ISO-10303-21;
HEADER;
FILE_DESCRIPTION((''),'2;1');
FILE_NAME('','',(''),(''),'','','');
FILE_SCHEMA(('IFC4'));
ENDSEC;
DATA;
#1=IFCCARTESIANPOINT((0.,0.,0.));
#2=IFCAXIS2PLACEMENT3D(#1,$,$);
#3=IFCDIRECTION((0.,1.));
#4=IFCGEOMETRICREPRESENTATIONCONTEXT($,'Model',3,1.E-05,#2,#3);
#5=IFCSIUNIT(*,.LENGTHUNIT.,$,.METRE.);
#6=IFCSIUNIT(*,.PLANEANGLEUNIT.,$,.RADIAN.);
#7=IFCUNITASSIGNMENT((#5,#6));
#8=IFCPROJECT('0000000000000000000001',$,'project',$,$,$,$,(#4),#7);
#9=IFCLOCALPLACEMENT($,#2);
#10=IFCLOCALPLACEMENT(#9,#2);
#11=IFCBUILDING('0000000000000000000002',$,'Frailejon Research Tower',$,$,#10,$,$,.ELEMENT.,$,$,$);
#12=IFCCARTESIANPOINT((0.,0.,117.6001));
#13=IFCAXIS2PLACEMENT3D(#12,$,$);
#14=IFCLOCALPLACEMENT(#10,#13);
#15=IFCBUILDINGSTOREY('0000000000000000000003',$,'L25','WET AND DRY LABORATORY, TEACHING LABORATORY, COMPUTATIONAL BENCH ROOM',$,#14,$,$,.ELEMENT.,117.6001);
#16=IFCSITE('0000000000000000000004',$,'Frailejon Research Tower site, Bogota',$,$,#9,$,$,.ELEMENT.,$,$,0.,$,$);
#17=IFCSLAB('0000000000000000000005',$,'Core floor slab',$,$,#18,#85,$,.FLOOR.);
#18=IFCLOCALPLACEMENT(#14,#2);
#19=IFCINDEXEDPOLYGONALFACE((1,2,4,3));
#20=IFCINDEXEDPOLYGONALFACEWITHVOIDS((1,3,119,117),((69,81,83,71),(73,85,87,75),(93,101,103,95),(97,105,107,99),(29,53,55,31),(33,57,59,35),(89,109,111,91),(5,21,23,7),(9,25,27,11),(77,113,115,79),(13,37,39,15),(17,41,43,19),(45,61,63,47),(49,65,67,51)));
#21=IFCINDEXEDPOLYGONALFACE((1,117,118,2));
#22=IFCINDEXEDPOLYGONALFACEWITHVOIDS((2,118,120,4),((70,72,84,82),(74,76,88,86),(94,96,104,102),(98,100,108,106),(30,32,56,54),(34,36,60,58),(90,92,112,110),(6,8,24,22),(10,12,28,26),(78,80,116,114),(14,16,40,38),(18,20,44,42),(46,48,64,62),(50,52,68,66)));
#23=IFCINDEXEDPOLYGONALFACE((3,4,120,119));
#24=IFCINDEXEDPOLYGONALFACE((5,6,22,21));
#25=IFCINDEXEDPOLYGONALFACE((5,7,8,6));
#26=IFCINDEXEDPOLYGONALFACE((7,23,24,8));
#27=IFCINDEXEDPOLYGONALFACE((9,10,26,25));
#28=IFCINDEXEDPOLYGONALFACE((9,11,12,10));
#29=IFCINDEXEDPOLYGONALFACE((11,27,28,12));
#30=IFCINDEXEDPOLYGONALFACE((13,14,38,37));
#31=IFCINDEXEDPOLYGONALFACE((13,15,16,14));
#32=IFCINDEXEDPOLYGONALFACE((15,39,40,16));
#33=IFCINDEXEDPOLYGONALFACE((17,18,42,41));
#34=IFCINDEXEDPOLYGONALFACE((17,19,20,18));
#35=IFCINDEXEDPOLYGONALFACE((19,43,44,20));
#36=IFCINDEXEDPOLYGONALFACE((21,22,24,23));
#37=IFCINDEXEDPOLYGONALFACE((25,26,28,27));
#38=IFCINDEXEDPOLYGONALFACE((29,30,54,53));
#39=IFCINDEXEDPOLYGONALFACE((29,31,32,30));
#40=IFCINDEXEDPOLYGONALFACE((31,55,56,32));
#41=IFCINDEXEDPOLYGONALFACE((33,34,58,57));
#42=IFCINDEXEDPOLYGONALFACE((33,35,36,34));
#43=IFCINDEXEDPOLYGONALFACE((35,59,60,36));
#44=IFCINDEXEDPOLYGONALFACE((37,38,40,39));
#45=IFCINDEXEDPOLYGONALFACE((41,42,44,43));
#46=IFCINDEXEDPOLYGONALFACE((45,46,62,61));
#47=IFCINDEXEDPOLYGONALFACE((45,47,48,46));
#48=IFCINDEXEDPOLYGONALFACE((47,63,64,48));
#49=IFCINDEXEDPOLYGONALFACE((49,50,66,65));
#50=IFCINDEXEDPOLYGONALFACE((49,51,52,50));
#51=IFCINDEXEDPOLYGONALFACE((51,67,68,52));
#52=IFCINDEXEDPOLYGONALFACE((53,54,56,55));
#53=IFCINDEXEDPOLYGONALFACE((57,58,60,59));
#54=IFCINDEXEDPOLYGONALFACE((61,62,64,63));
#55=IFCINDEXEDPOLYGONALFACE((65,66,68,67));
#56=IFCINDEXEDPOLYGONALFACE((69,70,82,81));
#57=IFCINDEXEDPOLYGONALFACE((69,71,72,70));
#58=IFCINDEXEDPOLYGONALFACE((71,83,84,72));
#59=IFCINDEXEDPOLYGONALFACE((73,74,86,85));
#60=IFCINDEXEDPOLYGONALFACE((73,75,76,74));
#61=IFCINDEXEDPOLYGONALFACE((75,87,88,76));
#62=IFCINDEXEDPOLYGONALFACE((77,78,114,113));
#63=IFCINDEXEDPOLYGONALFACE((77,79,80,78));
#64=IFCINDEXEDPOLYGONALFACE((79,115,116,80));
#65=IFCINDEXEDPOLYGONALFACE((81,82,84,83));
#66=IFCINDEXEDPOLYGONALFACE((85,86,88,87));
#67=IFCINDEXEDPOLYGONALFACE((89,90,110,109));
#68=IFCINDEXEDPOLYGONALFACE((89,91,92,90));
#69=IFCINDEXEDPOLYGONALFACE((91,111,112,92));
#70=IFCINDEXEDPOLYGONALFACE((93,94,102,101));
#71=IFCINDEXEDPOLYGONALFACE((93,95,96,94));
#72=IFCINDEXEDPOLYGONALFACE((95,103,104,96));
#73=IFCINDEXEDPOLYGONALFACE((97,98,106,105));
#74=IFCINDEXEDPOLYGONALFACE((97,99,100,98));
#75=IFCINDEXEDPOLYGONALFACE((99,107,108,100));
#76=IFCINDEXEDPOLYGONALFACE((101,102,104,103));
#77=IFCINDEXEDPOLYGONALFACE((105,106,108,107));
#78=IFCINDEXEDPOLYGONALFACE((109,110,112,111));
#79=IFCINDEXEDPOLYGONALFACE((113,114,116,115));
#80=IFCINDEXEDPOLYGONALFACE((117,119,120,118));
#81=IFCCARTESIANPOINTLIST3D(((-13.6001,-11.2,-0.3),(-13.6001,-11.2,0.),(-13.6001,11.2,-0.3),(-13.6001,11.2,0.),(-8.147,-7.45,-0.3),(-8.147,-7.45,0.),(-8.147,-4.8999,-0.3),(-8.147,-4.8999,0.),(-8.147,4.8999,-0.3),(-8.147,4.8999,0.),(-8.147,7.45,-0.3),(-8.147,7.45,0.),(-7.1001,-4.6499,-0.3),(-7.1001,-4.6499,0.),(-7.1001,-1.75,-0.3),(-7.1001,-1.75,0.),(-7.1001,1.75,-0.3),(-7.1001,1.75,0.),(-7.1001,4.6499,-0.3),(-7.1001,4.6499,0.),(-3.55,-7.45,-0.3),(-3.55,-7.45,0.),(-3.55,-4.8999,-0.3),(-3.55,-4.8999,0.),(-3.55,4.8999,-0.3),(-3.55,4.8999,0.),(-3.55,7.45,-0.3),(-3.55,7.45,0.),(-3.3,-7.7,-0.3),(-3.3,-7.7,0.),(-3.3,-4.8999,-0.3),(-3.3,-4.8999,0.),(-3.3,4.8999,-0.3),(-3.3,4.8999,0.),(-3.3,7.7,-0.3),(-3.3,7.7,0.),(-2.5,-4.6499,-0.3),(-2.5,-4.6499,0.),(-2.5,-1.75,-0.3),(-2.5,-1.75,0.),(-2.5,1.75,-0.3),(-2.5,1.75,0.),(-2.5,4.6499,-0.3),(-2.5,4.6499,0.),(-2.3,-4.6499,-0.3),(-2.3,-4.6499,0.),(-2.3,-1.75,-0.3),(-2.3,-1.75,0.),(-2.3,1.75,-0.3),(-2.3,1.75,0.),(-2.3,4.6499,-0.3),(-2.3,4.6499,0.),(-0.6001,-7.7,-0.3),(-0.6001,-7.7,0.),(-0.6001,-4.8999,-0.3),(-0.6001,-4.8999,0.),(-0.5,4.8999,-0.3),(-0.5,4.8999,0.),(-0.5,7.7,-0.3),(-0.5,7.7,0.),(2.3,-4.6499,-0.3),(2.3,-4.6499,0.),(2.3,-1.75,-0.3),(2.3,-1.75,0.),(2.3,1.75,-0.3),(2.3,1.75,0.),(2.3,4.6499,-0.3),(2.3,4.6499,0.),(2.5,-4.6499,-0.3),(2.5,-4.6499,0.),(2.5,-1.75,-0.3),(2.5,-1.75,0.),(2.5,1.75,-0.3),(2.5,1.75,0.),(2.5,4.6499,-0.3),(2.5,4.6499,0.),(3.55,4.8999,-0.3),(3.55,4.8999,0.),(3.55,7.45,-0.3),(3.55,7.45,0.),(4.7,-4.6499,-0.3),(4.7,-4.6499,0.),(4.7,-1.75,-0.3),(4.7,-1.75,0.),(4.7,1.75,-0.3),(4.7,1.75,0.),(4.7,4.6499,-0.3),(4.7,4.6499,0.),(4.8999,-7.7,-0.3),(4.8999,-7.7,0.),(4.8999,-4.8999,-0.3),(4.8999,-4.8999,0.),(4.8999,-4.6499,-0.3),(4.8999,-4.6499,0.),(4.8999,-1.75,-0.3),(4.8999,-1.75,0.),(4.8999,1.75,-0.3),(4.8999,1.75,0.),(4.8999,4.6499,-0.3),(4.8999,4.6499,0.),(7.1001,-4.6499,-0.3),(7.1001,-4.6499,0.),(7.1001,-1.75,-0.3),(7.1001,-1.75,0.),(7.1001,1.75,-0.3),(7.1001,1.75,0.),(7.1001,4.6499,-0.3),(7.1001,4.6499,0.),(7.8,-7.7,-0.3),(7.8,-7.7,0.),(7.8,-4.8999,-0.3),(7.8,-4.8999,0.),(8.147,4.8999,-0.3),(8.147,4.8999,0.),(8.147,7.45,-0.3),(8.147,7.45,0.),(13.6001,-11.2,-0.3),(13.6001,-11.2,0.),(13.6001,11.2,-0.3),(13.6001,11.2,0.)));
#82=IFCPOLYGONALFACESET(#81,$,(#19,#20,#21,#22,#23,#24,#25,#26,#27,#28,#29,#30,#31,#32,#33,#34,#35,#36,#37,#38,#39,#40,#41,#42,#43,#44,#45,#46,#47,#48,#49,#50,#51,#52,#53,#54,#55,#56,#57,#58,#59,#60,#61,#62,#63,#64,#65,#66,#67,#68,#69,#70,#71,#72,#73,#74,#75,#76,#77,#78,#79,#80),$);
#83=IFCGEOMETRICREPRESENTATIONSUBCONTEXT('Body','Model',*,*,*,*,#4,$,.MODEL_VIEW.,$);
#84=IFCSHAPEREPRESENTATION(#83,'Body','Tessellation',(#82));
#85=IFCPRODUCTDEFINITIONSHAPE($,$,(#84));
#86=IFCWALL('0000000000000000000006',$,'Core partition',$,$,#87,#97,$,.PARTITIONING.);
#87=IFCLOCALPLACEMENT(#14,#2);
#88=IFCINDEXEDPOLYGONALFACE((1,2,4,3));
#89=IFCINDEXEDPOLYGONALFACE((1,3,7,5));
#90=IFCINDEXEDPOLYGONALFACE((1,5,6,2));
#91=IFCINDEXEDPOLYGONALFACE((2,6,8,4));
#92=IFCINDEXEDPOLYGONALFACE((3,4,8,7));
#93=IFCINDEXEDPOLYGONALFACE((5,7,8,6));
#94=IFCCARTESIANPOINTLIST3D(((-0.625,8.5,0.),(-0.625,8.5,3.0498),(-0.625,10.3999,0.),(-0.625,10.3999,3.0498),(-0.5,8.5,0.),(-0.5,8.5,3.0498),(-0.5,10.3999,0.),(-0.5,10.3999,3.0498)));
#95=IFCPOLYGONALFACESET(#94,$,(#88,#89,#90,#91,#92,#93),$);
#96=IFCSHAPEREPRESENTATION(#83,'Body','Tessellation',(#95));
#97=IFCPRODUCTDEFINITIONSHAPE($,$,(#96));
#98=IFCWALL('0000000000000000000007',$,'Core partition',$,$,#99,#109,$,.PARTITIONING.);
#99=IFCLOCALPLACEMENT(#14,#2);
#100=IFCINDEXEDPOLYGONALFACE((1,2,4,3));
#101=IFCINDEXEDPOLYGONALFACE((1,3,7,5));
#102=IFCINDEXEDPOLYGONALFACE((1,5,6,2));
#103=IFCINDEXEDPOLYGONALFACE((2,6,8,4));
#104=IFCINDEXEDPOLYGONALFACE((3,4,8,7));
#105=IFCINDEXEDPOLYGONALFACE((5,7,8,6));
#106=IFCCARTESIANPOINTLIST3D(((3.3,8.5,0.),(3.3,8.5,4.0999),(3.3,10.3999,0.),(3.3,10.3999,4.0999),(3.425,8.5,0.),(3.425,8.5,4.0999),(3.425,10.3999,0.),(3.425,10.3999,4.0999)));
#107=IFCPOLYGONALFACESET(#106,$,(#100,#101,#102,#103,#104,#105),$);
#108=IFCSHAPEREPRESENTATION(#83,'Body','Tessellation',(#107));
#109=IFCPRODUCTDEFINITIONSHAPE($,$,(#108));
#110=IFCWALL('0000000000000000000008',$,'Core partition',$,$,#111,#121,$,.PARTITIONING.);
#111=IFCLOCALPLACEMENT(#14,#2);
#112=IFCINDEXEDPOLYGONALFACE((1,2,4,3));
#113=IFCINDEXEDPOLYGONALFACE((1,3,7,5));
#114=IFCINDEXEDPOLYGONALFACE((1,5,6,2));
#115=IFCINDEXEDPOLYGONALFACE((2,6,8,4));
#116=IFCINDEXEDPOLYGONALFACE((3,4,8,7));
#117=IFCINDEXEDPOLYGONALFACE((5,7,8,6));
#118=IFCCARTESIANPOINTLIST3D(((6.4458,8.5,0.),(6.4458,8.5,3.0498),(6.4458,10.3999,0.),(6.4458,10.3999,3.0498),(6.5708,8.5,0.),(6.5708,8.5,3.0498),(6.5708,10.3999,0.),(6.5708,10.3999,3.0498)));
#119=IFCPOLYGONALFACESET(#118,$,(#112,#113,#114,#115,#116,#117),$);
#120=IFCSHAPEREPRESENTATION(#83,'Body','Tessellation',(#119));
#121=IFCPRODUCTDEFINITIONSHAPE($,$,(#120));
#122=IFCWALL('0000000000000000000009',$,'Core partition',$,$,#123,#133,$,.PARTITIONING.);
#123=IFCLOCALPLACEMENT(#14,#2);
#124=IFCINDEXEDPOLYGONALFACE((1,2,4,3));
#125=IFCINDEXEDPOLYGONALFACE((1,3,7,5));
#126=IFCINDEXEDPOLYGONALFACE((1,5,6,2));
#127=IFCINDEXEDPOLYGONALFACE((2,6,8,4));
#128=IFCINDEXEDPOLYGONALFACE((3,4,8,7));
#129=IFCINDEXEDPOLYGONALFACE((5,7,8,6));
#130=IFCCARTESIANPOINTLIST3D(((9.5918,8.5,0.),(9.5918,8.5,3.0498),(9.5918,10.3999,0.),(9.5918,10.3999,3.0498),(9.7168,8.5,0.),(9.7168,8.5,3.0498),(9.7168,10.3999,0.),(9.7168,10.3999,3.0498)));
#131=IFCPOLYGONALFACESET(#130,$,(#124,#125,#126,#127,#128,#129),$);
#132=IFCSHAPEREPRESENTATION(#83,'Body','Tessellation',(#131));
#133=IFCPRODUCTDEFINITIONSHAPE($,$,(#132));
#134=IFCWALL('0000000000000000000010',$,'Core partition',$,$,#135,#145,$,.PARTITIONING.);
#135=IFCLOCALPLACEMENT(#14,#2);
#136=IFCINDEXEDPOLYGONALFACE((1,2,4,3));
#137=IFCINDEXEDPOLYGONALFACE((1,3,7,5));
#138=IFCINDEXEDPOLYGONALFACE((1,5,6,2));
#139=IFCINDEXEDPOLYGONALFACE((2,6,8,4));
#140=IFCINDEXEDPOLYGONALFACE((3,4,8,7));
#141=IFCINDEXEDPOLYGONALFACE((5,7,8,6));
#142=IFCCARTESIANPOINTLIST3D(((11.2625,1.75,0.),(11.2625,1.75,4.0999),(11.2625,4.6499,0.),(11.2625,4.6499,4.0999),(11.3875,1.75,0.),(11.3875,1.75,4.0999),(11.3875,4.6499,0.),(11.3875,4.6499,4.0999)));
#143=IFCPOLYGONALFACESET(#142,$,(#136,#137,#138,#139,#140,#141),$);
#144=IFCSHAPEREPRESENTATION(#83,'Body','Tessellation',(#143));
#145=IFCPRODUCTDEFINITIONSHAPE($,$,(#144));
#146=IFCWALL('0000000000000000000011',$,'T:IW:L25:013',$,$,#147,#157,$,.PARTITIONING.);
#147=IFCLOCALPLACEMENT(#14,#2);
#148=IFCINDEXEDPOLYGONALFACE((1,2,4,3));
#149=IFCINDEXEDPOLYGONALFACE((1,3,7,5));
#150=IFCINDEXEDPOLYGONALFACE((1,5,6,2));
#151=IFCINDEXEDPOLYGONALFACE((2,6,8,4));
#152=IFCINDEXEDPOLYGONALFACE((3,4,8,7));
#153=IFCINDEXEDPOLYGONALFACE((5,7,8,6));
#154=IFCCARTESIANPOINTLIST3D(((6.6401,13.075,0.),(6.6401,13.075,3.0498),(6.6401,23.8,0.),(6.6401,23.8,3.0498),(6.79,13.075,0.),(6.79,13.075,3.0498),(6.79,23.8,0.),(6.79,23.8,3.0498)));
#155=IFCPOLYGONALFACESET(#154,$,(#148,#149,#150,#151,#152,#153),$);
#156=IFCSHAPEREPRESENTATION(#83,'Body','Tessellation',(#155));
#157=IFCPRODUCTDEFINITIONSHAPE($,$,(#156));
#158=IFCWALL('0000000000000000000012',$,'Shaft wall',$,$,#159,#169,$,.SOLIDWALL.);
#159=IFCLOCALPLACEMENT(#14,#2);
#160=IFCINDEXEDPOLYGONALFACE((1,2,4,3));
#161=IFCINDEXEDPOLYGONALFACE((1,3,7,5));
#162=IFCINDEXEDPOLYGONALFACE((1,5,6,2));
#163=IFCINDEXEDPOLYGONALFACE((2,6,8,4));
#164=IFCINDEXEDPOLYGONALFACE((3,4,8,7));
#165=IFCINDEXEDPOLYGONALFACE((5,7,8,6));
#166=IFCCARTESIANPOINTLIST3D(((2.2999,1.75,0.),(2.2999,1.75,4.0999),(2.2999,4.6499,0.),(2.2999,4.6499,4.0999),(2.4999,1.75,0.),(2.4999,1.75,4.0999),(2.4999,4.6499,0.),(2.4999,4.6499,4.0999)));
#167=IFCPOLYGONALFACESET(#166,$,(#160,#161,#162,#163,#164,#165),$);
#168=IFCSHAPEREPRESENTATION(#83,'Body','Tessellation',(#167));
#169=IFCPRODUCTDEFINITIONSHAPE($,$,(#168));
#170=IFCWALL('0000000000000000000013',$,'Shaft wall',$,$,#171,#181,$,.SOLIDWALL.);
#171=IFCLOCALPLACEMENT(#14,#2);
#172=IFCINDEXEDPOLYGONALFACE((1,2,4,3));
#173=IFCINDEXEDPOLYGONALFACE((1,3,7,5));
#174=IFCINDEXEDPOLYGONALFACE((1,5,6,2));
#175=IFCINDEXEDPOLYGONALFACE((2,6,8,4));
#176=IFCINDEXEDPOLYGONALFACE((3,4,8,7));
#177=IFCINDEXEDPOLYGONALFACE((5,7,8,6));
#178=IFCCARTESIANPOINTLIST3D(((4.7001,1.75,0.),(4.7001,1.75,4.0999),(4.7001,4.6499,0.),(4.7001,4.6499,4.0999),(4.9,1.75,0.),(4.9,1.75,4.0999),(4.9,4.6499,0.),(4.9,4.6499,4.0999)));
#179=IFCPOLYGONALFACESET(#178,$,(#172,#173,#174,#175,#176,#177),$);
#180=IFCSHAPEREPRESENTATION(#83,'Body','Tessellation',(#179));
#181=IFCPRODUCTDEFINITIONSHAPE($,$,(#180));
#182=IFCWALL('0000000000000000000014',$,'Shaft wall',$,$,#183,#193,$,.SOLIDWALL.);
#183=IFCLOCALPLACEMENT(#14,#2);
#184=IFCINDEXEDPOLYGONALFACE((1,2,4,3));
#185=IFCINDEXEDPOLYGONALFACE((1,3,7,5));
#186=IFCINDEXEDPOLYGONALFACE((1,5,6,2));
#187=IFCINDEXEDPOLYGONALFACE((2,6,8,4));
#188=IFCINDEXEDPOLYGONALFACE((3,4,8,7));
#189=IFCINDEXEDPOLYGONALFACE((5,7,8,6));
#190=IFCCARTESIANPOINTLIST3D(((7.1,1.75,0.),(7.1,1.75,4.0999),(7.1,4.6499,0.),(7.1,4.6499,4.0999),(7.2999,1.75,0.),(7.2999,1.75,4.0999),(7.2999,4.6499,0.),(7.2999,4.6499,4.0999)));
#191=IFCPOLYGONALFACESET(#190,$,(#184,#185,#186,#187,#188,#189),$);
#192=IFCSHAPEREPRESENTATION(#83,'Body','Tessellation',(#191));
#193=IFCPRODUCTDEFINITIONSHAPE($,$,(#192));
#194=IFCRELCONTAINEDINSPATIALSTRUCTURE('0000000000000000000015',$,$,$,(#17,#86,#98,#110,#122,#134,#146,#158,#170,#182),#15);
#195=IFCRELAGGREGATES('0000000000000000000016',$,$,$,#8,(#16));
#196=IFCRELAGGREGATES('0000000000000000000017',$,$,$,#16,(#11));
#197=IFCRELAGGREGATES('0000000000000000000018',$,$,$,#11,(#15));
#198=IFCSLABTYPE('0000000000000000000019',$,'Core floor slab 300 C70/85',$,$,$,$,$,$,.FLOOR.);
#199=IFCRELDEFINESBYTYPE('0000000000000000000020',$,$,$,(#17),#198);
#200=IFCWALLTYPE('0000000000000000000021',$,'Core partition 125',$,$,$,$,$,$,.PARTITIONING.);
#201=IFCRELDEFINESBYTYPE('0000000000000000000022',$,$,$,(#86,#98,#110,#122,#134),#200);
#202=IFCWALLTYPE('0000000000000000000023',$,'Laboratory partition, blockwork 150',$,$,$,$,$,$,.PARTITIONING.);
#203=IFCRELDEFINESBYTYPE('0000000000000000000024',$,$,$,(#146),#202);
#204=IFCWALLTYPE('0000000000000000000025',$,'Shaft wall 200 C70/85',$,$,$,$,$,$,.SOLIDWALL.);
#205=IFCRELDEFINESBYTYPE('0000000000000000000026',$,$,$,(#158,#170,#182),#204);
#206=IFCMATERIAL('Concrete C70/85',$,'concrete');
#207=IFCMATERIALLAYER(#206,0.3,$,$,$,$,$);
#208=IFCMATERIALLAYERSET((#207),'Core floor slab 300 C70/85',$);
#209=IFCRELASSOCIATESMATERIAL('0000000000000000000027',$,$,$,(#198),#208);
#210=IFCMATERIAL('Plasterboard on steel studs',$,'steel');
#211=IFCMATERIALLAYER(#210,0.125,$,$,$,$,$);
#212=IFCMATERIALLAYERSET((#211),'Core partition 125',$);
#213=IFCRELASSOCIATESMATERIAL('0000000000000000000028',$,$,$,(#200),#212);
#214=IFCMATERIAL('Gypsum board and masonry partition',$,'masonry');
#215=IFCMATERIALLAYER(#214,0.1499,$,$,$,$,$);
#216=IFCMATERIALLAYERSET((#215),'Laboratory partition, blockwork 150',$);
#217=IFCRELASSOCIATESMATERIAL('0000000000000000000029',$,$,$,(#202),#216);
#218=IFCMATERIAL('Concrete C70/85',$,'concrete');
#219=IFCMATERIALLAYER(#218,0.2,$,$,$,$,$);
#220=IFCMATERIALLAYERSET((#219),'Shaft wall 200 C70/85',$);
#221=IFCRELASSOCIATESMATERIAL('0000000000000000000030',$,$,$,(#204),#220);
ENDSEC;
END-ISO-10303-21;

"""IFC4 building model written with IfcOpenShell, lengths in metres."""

from ifc_helpers import new_model, si_unit, direction, frame, frame_2d, origin, place, context, subcontext, project, spatial, polyline, rectangle, outline, extrude, material, layer, layer_set, type_object, element, save


model = new_model("IFC4")

# Units and contexts
model_context = context("Model", 3, precision=1e-05, world=origin(), true_north=direction((0.0, 1.0)))
body_context = subcontext(model_context, "Body", "Model", "MODEL_VIEW")
ifc_project = project(units=[si_unit("LENGTHUNIT", "METRE"), si_unit("PLANEANGLEUNIT", "RADIAN")], contexts=[model_context])

# Site, building, storey
site_placement = place(None, origin())
site = spatial("IfcSite", under=ifc_project, at=site_placement, Name="Frailejon Research Tower site, Bogota", CompositionType="ELEMENT", RefElevation=0.0)
building_placement = place(site_placement, origin())
building = spatial("IfcBuilding", under=site, at=building_placement, Name="Frailejon Research Tower", CompositionType="ELEMENT")
storey_placement = place(building_placement, frame((0.0, 0.0, 117.6001)))
storey = spatial("IfcBuildingStorey", under=building, at=storey_placement, Name="L25", Description="WET AND DRY LABORATORY, TEACHING LABORATORY, COMPUTATIONAL BENCH ROOM", CompositionType="ELEMENT", Elevation=117.6001)

# Slab
ifc_material_1 = material(Name="Concrete C70/85", Category="concrete")
ifc_layer_1 = layer(ifc_material_1, 0.3)
ifc_layer_set_1 = layer_set([ifc_layer_1], Name="Core floor slab 300 C70/85")
slab_type = type_object("IfcSlabType", Name="Core floor slab 300 C70/85", PredefinedType="FLOOR", material=ifc_layer_set_1)
slab_placement = place(storey_placement, frame((0.0, 0.0, -0.3)))
element("IfcSlab", 1, at=slab_placement, inside=storey, type_object=slab_type, Name="Core floor slab", PredefinedType="FLOOR", context=body_context, shape_type="SweptSolid", body=[
    extrude(outline(polyline([(13.6001, -11.2), (13.6001, 11.2), (-13.6001, 11.2), (-13.6001, -11.2), (13.6001, -11.2)]), holes=[polyline([(-2.5, 1.75), (-2.5, 4.6499), (-7.1001, 4.6499), (-7.1001, 1.75), (-2.5, 1.75)]), polyline([(2.3, 1.75), (2.3, 4.6499), (-2.3, 4.6499), (-2.3, 1.75), (2.3, 1.75)]), polyline([(4.7, 1.75), (4.7, 4.6499), (2.5, 4.6499), (2.5, 1.75), (4.7, 1.75)]), polyline([(7.1001, 1.75), (7.1001, 4.6499), (4.8999, 4.6499), (4.8999, 1.75), (7.1001, 1.75)]), polyline([(-2.5, -4.6499), (-2.5, -1.75), (-7.1001, -1.75), (-7.1001, -4.6499), (-2.5, -4.6499)]), polyline([(2.3, -4.6499), (2.3, -1.75), (-2.3, -1.75), (-2.3, -4.6499), (2.3, -4.6499)]), polyline([(4.7, -4.6499), (4.7, -1.75), (2.5, -1.75), (2.5, -4.6499), (4.7, -4.6499)]), polyline([(7.1001, -4.6499), (7.1001, -1.75), (4.8999, -1.75), (4.8999, -4.6499), (7.1001, -4.6499)]), polyline([(-8.147, 4.8999), (-3.55, 4.8999), (-3.55, 7.45), (-8.147, 7.45), (-8.147, 4.8999)]), polyline([(-8.147, -7.45), (-3.55, -7.45), (-3.55, -4.8999), (-8.147, -4.8999), (-8.147, -7.45)]), polyline([(8.147, 7.45), (3.55, 7.45), (3.55, 4.8999), (8.147, 4.8999), (8.147, 7.45)]), polyline([(-0.6001, -7.7), (-0.6001, -4.8999), (-3.3, -4.8999), (-3.3, -7.7), (-0.6001, -7.7)]), polyline([(7.8, -7.7), (7.8, -4.8999), (4.8999, -4.8999), (4.8999, -7.7), (7.8, -7.7)]), polyline([(-0.5, 4.8999), (-0.5, 7.7), (-3.3, 7.7), (-3.3, 4.8999), (-0.5, 4.8999)])]), origin(), (0.0, 0.0, 1.0), 0.3),
])

# Walls
ifc_material_2 = material(Name="Plasterboard on steel studs", Category="steel")
ifc_layer_2 = layer(ifc_material_2, 0.125)
ifc_layer_set_2 = layer_set([ifc_layer_2], Name="Core partition 125")
wall_type_1 = type_object("IfcWallType", Name="Core partition 125", PredefinedType="PARTITIONING", material=ifc_layer_set_2)
wall_1_placement = place(storey_placement, frame((-0.5625, 8.5, 0.0), z_axis=(0.0, 0.0, 1.0), x_axis=(0.0, 1.0, 0.0)))
element("IfcWall", 2, at=wall_1_placement, inside=storey, type_object=wall_type_1, Name="Core partition", PredefinedType="PARTITIONING", context=body_context, shape_type="SweptSolid", body=[
    extrude(rectangle(XDim=1.8999, YDim=0.125, at=frame_2d((0.95, 0.0))), origin(), (0.0, 0.0, 1.0), 3.0498),
])
wall_2_placement = place(storey_placement, frame((3.3625, 8.5, 0.0), z_axis=(0.0, 0.0, 1.0), x_axis=(0.0, 1.0, 0.0)))
element("IfcWall", 3, at=wall_2_placement, inside=storey, type_object=wall_type_1, Name="Core partition", PredefinedType="PARTITIONING", context=body_context, shape_type="SweptSolid", body=[
    extrude(rectangle(XDim=1.8999, YDim=0.125, at=frame_2d((0.95, 0.0))), origin(), (0.0, 0.0, 1.0), 4.0999),
])
for number, where, z_axis, x_axis, name in (
    (4, (6.5083, 8.5, 0.0), (0.0, 0.0, 1.0), (0.0, 1.0, 0.0), "Core partition"),
    (5, (9.6543, 8.5, 0.0), (0.0, 0.0, 1.0), (0.0, 1.0, 0.0), "Core partition"),
):
    element("IfcWall", number, at=place(storey_placement, frame(where, z_axis=z_axis, x_axis=x_axis)), inside=storey, type_object=wall_type_1, Name=name, PredefinedType="PARTITIONING", context=body_context, shape_type="SweptSolid", body=[
        extrude(rectangle(XDim=1.8999, YDim=0.125, at=frame_2d((0.95, 0.0))), origin(), (0.0, 0.0, 1.0), 3.0498),
    ])
wall_3_placement = place(storey_placement, frame((11.325, 1.75, 0.0), z_axis=(0.0, 0.0, 1.0), x_axis=(0.0, 1.0, 0.0)))
element("IfcWall", 6, at=wall_3_placement, inside=storey, type_object=wall_type_1, Name="Core partition", PredefinedType="PARTITIONING", context=body_context, shape_type="SweptSolid", body=[
    extrude(rectangle(XDim=2.8999, YDim=0.125, at=frame_2d((1.45, 0.0))), origin(), (0.0, 0.0, 1.0), 4.0999),
])
ifc_material_3 = material(Name="Gypsum board and masonry partition", Category="masonry")
ifc_layer_3 = layer(ifc_material_3, 0.1499)
ifc_layer_set_3 = layer_set([ifc_layer_3], Name="Laboratory partition, blockwork 150")
wall_type_2 = type_object("IfcWallType", Name="Laboratory partition, blockwork 150", PredefinedType="PARTITIONING", material=ifc_layer_set_3)
wall_4_placement = place(storey_placement, frame((6.7151, 13.075, 0.0), z_axis=(0.0, 0.0, 1.0), x_axis=(0.0, 1.0, 0.0)))
element("IfcWall", 7, at=wall_4_placement, inside=storey, type_object=wall_type_2, Name="T:IW:L25:013", PredefinedType="PARTITIONING", context=body_context, shape_type="SweptSolid", body=[
    extrude(rectangle(XDim=10.7251, YDim=0.1499, at=frame_2d((5.3625, 0.0))), origin(), (0.0, 0.0, 1.0), 3.0498),
])
ifc_material_4 = material(Name="Concrete C70/85", Category="concrete")
ifc_layer_4 = layer(ifc_material_4, 0.2)
ifc_layer_set_4 = layer_set([ifc_layer_4], Name="Shaft wall 200 C70/85")
wall_type_3 = type_object("IfcWallType", Name="Shaft wall 200 C70/85", PredefinedType="SOLIDWALL", material=ifc_layer_set_4)
for number, where, z_axis, x_axis, name in (
    (8, (2.3999, 1.75, 0.0), (0.0, 0.0, 1.0), (0.0, 1.0, 0.0), "Shaft wall"),
    (9, (4.8, 1.75, 0.0), (0.0, 0.0, 1.0), (0.0, 1.0, 0.0), "Shaft wall"),
    (10, (7.2, 1.75, 0.0), (0.0, 0.0, 1.0), (0.0, 1.0, 0.0), "Shaft wall"),
):
    element("IfcWall", number, at=place(storey_placement, frame(where, z_axis=z_axis, x_axis=x_axis)), inside=storey, type_object=wall_type_3, Name=name, PredefinedType="SOLIDWALL", context=body_context, shape_type="SweptSolid", body=[
        extrude(rectangle(XDim=2.8999, YDim=0.2, at=frame_2d((1.45, 0.0))), origin(), (0.0, 0.0, 1.0), 4.0999),
    ])

save(model, "model.ifc")
